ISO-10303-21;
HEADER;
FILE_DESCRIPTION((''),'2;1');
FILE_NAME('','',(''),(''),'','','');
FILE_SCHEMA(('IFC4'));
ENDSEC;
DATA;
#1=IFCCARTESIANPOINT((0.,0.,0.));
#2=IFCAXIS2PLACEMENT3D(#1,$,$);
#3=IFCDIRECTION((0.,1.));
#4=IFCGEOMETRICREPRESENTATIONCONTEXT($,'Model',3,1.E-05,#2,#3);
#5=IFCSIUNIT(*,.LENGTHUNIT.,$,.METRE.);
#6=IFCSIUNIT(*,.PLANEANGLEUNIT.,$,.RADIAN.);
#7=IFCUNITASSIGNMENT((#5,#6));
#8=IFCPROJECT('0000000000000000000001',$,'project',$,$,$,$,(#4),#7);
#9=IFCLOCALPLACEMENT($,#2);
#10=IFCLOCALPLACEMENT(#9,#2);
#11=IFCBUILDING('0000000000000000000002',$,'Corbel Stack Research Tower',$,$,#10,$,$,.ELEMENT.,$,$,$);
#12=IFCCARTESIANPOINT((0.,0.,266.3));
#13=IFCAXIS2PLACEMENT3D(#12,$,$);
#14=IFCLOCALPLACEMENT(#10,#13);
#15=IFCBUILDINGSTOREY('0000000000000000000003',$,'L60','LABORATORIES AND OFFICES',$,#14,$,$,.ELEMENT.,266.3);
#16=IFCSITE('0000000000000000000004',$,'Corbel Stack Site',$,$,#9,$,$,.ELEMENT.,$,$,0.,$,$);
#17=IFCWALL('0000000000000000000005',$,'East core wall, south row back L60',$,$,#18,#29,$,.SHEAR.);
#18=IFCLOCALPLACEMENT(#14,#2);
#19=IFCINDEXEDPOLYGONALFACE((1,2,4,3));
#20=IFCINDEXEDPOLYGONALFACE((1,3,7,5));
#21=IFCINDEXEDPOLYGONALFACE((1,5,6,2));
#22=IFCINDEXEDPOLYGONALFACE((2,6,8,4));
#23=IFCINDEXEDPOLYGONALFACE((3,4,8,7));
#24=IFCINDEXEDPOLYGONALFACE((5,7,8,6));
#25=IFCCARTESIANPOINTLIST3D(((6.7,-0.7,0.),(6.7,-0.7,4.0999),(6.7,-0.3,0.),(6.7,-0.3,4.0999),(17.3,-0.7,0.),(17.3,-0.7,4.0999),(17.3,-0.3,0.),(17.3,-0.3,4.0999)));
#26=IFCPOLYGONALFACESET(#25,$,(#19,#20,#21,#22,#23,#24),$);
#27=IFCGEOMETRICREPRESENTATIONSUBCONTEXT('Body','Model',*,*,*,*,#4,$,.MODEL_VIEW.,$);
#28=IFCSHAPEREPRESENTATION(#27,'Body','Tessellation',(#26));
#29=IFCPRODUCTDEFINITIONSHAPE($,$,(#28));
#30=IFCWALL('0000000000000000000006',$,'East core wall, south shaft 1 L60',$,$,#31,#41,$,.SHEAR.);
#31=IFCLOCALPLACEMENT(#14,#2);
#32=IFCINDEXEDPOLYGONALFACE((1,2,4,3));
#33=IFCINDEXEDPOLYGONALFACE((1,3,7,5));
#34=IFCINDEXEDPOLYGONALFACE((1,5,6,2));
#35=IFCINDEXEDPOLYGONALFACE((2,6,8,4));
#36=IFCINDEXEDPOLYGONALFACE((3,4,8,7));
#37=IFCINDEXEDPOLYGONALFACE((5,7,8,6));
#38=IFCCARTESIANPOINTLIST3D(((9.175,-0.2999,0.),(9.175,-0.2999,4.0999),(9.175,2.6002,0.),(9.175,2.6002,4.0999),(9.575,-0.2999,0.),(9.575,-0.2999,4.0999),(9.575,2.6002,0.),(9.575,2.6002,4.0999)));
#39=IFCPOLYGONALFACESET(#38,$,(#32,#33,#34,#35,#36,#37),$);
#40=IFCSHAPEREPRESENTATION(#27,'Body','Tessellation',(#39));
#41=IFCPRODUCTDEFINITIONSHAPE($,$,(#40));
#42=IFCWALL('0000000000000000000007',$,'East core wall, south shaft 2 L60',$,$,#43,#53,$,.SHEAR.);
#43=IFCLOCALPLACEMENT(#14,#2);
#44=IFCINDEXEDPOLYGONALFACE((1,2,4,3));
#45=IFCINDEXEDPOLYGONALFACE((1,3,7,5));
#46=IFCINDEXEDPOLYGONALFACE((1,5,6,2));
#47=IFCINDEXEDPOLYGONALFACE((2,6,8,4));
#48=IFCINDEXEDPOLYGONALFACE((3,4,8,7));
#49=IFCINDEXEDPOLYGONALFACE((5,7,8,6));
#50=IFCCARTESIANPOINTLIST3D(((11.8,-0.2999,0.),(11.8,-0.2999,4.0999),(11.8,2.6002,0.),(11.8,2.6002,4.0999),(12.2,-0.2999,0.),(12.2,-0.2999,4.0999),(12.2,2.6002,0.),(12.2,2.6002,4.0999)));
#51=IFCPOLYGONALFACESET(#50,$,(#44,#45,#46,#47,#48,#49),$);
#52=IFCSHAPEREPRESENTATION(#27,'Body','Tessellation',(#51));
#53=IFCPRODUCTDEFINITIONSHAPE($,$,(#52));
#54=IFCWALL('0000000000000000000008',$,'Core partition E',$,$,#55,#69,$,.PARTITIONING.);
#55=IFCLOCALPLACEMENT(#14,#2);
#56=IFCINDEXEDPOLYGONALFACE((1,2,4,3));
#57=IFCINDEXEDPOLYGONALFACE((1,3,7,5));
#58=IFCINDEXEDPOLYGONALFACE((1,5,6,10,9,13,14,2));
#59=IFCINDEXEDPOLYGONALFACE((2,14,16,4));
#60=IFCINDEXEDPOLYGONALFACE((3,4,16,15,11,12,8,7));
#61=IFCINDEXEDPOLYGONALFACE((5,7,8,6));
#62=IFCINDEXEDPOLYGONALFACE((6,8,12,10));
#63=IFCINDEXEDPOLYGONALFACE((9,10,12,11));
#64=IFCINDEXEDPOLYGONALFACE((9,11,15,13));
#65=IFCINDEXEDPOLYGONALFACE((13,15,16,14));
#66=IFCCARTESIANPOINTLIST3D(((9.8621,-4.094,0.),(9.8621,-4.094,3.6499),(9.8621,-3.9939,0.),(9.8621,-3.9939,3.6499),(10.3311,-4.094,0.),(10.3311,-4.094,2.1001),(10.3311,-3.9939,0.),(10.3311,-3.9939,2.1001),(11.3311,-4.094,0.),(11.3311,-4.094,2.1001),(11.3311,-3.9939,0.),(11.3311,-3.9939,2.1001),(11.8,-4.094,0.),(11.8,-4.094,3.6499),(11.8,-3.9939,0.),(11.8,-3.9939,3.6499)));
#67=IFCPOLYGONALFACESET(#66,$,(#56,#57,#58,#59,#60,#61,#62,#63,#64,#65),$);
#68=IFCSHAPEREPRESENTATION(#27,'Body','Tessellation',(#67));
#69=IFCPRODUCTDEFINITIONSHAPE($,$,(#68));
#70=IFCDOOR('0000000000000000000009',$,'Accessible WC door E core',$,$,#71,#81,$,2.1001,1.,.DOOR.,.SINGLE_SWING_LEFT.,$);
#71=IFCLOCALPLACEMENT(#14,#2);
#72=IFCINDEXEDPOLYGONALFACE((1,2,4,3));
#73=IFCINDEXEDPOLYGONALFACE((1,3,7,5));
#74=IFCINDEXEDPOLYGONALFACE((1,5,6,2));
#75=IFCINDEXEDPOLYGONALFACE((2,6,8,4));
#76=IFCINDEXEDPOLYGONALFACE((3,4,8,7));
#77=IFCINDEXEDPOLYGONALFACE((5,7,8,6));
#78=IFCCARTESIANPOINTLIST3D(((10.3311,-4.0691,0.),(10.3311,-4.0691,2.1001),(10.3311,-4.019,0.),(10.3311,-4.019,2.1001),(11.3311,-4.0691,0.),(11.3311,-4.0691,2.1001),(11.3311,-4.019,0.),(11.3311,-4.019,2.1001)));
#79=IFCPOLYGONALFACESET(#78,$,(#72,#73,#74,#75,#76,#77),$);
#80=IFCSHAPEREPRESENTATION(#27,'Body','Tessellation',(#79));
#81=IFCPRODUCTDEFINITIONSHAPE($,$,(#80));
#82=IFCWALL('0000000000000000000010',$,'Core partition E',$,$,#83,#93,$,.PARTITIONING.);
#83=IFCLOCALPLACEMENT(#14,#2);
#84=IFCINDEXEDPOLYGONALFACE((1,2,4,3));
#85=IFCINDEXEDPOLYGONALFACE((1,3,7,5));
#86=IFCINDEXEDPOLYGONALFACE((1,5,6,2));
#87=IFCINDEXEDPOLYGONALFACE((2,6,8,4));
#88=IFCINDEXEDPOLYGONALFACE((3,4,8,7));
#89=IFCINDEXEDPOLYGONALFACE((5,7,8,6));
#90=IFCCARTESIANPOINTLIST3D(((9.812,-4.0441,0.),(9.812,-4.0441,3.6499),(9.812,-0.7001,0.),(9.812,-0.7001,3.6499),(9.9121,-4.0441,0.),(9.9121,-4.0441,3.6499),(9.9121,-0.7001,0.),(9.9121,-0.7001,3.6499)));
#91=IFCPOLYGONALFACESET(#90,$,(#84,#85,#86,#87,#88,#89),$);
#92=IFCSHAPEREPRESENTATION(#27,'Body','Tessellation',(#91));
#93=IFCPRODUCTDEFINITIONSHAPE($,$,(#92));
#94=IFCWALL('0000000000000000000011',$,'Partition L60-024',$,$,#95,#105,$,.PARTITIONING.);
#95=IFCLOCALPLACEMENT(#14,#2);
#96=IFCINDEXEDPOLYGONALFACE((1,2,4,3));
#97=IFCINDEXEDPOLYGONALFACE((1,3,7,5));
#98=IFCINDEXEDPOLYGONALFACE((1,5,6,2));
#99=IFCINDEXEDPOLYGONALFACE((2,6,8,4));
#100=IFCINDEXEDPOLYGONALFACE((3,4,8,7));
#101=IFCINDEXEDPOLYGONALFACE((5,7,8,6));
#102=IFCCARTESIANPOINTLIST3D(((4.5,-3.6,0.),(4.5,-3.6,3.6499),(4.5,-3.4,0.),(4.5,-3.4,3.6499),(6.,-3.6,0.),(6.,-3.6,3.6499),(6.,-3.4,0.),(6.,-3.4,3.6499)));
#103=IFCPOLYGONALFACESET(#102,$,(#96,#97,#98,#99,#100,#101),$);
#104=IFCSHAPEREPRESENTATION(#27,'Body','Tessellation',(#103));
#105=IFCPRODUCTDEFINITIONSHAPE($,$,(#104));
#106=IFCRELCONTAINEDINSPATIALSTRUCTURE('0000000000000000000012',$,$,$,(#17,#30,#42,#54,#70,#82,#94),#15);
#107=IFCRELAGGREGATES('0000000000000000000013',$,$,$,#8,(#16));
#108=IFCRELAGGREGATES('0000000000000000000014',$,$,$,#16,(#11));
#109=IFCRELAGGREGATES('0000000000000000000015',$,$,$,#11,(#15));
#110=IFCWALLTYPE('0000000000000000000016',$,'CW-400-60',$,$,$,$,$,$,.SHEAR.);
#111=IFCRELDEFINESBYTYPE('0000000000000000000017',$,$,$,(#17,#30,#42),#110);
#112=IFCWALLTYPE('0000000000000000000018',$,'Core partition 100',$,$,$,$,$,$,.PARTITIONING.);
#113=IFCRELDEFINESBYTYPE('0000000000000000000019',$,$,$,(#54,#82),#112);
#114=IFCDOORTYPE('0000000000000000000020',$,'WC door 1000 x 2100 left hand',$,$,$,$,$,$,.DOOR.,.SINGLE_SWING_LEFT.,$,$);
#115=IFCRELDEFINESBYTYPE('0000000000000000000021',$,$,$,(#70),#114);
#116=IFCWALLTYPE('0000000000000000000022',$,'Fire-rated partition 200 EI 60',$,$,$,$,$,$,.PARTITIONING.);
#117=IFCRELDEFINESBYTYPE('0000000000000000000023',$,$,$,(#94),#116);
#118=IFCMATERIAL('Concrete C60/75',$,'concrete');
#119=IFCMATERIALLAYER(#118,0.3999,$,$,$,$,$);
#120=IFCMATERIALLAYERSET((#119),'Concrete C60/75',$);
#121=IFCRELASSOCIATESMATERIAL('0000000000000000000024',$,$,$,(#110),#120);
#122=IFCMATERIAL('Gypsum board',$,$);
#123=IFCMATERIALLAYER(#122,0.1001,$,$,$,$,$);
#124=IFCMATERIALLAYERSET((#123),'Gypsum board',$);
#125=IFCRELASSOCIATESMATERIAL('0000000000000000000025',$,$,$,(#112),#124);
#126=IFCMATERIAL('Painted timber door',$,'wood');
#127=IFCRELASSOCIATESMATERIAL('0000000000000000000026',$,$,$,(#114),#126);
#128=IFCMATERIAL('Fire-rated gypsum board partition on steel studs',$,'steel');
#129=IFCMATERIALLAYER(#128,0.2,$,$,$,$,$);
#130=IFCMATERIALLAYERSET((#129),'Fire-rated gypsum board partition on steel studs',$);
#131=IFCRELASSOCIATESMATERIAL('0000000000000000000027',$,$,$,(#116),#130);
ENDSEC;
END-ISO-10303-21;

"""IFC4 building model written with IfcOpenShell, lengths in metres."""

from ifc_helpers import new_model, si_unit, direction, frame, frame_2d, origin, place, context, subcontext, project, spatial, rectangle, extrude, material, layer, layer_set, type_object, element, fill, save


model = new_model("IFC4")

# Units and contexts
model_context = context("Model", 3, precision=1e-05, world=origin(), true_north=direction((0.0, 1.0)))
body_context = subcontext(model_context, "Body", "Model", "MODEL_VIEW")
ifc_project = project(units=[si_unit("LENGTHUNIT", "METRE"), si_unit("PLANEANGLEUNIT", "RADIAN")], contexts=[model_context])

# Site, building, storey
site_placement = place(None, origin())
site = spatial("IfcSite", under=ifc_project, at=site_placement, Name="Corbel Stack Site", CompositionType="ELEMENT", RefElevation=0.0)
building_placement = place(site_placement, origin())
building = spatial("IfcBuilding", under=site, at=building_placement, Name="Corbel Stack Research Tower", CompositionType="ELEMENT")
storey_placement = place(building_placement, frame((0.0, 0.0, 266.3)))
storey = spatial("IfcBuildingStorey", under=building, at=storey_placement, Name="L60", Description="LABORATORIES AND OFFICES", CompositionType="ELEMENT", Elevation=266.3)

# Walls
ifc_material_1 = material(Name="Concrete C60/75", Category="concrete")
ifc_layer_1 = layer(ifc_material_1, 0.3999)
ifc_layer_set_1 = layer_set([ifc_layer_1], Name="Concrete C60/75")
wall_type_1 = type_object("IfcWallType", Name="CW-400-60", PredefinedType="SHEAR", material=ifc_layer_set_1)
wall_1_placement = place(storey_placement, frame((6.7, -0.5, 0.0), z_axis=(0.0, 0.0, 1.0), x_axis=(1.0, 0.0, 0.0)))
element("IfcWall", 1, at=wall_1_placement, inside=storey, type_object=wall_type_1, Name="East core wall, south row back L60", PredefinedType="SHEAR", context=body_context, shape_type="SweptSolid", body=[
    extrude(rectangle(XDim=10.6001, YDim=0.3999, at=frame_2d((5.3, 0.0))), origin(), (0.0, 0.0, 1.0), 4.0999),
])
for number, where, z_axis, x_axis, name in (
    (2, (9.375, -0.3, 0.0), (0.0, 0.0, 1.0), (0.0, 1.0, 0.0), "East core wall, south shaft 1 L60"),
    (3, (12.0, -0.3, 0.0), (0.0, 0.0, 1.0), (0.0, 1.0, 0.0), "East core wall, south shaft 2 L60"),
):
    element("IfcWall", number, at=place(storey_placement, frame(where, z_axis=z_axis, x_axis=x_axis)), inside=storey, type_object=wall_type_1, Name=name, PredefinedType="SHEAR", context=body_context, shape_type="SweptSolid", body=[
        extrude(rectangle(XDim=2.9001, YDim=0.3999, at=frame_2d((1.4502, 0.0))), origin(), (0.0, 0.0, 1.0), 4.0999),
    ])

# Wall, opening, door
ifc_material_2 = material(Name="Gypsum board")
ifc_layer_2 = layer(ifc_material_2, 0.1001)
ifc_layer_set_2 = layer_set([ifc_layer_2], Name="Gypsum board")
wall_type_2 = type_object("IfcWallType", Name="Core partition 100", PredefinedType="PARTITIONING", material=ifc_layer_set_2)
wall_2_placement = place(storey_placement, frame((9.8621, -4.0439, 0.0), z_axis=(0.0, 0.0, 1.0), x_axis=(1.0, 0.0, 0.0)))
wall_2 = element("IfcWall", 4, at=wall_2_placement, inside=storey, type_object=wall_type_2, Name="Core partition E", PredefinedType="PARTITIONING", context=body_context, shape_type="SweptSolid", body=[
    extrude(rectangle(XDim=1.938, YDim=0.1001, at=frame_2d((0.969, 0.0))), origin(), (0.0, 0.0, 1.0), 3.6499),
])
opening_placement = place(wall_2_placement, frame((0.469, 0.0, 0.0)))
opening = element("IfcOpeningElement", 5, at=opening_placement, cuts=wall_2, PredefinedType="OPENING", context=body_context, shape_type="SweptSolid", body=[
    extrude(rectangle(XDim=1.0, YDim=2.1001, at=frame_2d((0.5, 1.05))), frame((0.0, 0.0601, 0.0), z_axis=(0.0, -1.0, 0.0), x_axis=(1.0, 0.0, 0.0)), (0.0, 0.0, 1.0), 0.1201),
])
ifc_material_3 = material(Name="Painted timber door", Category="wood")
door_type = type_object("IfcDoorType", Name="WC door 1000 x 2100 left hand", OperationType="SINGLE_SWING_LEFT", PredefinedType="DOOR", material=ifc_material_3)
door_placement = place(opening_placement, origin())
door = element("IfcDoor", 6, at=door_placement, inside=storey, type_object=door_type, Name="Accessible WC door E core", OperationType="SINGLE_SWING_LEFT", OverallHeight=2.1001, OverallWidth=1.0, PredefinedType="DOOR", context=body_context, shape_type="SweptSolid", body=[
    extrude(rectangle(XDim=1.0, YDim=2.1001, at=frame_2d((0.5, 1.05))), frame((0.0, 0.0249, 0.0), z_axis=(0.0, -1.0, 0.0), x_axis=(1.0, 0.0, 0.0)), (0.0, 0.0, 1.0), 0.05),
])
fill(opening, door)

# Walls
wall_3_placement = place(storey_placement, frame((9.8621, -4.0439, 0.0), z_axis=(0.0, 0.0, 1.0), x_axis=(0.0, 1.0, 0.0)))
element("IfcWall", 7, at=wall_3_placement, inside=storey, type_object=wall_type_2, Name="Core partition E", PredefinedType="PARTITIONING", context=body_context, shape_type="SweptSolid", body=[
    extrude(rectangle(XDim=3.344, YDim=0.1001, at=frame_2d((1.6719, 0.0))), origin(), (0.0, 0.0, 1.0), 3.6499),
])
ifc_material_4 = material(Name="Fire-rated gypsum board partition on steel studs", Category="steel")
ifc_layer_3 = layer(ifc_material_4, 0.2)
ifc_layer_set_3 = layer_set([ifc_layer_3], Name="Fire-rated gypsum board partition on steel studs")
wall_type_3 = type_object("IfcWallType", Name="Fire-rated partition 200 EI 60", PredefinedType="PARTITIONING", material=ifc_layer_set_3)
wall_4_placement = place(storey_placement, frame((4.5, -3.5, 0.0), z_axis=(0.0, 0.0, 1.0), x_axis=(1.0, 0.0, 0.0)))
element("IfcWall", 8, at=wall_4_placement, inside=storey, type_object=wall_type_3, Name="Partition L60-024", PredefinedType="PARTITIONING", context=body_context, shape_type="SweptSolid", body=[
    extrude(rectangle(XDim=1.5, YDim=0.2, at=frame_2d((0.75, 0.0))), origin(), (0.0, 0.0, 1.0), 3.6499),
])

save(model, "model.ifc")
